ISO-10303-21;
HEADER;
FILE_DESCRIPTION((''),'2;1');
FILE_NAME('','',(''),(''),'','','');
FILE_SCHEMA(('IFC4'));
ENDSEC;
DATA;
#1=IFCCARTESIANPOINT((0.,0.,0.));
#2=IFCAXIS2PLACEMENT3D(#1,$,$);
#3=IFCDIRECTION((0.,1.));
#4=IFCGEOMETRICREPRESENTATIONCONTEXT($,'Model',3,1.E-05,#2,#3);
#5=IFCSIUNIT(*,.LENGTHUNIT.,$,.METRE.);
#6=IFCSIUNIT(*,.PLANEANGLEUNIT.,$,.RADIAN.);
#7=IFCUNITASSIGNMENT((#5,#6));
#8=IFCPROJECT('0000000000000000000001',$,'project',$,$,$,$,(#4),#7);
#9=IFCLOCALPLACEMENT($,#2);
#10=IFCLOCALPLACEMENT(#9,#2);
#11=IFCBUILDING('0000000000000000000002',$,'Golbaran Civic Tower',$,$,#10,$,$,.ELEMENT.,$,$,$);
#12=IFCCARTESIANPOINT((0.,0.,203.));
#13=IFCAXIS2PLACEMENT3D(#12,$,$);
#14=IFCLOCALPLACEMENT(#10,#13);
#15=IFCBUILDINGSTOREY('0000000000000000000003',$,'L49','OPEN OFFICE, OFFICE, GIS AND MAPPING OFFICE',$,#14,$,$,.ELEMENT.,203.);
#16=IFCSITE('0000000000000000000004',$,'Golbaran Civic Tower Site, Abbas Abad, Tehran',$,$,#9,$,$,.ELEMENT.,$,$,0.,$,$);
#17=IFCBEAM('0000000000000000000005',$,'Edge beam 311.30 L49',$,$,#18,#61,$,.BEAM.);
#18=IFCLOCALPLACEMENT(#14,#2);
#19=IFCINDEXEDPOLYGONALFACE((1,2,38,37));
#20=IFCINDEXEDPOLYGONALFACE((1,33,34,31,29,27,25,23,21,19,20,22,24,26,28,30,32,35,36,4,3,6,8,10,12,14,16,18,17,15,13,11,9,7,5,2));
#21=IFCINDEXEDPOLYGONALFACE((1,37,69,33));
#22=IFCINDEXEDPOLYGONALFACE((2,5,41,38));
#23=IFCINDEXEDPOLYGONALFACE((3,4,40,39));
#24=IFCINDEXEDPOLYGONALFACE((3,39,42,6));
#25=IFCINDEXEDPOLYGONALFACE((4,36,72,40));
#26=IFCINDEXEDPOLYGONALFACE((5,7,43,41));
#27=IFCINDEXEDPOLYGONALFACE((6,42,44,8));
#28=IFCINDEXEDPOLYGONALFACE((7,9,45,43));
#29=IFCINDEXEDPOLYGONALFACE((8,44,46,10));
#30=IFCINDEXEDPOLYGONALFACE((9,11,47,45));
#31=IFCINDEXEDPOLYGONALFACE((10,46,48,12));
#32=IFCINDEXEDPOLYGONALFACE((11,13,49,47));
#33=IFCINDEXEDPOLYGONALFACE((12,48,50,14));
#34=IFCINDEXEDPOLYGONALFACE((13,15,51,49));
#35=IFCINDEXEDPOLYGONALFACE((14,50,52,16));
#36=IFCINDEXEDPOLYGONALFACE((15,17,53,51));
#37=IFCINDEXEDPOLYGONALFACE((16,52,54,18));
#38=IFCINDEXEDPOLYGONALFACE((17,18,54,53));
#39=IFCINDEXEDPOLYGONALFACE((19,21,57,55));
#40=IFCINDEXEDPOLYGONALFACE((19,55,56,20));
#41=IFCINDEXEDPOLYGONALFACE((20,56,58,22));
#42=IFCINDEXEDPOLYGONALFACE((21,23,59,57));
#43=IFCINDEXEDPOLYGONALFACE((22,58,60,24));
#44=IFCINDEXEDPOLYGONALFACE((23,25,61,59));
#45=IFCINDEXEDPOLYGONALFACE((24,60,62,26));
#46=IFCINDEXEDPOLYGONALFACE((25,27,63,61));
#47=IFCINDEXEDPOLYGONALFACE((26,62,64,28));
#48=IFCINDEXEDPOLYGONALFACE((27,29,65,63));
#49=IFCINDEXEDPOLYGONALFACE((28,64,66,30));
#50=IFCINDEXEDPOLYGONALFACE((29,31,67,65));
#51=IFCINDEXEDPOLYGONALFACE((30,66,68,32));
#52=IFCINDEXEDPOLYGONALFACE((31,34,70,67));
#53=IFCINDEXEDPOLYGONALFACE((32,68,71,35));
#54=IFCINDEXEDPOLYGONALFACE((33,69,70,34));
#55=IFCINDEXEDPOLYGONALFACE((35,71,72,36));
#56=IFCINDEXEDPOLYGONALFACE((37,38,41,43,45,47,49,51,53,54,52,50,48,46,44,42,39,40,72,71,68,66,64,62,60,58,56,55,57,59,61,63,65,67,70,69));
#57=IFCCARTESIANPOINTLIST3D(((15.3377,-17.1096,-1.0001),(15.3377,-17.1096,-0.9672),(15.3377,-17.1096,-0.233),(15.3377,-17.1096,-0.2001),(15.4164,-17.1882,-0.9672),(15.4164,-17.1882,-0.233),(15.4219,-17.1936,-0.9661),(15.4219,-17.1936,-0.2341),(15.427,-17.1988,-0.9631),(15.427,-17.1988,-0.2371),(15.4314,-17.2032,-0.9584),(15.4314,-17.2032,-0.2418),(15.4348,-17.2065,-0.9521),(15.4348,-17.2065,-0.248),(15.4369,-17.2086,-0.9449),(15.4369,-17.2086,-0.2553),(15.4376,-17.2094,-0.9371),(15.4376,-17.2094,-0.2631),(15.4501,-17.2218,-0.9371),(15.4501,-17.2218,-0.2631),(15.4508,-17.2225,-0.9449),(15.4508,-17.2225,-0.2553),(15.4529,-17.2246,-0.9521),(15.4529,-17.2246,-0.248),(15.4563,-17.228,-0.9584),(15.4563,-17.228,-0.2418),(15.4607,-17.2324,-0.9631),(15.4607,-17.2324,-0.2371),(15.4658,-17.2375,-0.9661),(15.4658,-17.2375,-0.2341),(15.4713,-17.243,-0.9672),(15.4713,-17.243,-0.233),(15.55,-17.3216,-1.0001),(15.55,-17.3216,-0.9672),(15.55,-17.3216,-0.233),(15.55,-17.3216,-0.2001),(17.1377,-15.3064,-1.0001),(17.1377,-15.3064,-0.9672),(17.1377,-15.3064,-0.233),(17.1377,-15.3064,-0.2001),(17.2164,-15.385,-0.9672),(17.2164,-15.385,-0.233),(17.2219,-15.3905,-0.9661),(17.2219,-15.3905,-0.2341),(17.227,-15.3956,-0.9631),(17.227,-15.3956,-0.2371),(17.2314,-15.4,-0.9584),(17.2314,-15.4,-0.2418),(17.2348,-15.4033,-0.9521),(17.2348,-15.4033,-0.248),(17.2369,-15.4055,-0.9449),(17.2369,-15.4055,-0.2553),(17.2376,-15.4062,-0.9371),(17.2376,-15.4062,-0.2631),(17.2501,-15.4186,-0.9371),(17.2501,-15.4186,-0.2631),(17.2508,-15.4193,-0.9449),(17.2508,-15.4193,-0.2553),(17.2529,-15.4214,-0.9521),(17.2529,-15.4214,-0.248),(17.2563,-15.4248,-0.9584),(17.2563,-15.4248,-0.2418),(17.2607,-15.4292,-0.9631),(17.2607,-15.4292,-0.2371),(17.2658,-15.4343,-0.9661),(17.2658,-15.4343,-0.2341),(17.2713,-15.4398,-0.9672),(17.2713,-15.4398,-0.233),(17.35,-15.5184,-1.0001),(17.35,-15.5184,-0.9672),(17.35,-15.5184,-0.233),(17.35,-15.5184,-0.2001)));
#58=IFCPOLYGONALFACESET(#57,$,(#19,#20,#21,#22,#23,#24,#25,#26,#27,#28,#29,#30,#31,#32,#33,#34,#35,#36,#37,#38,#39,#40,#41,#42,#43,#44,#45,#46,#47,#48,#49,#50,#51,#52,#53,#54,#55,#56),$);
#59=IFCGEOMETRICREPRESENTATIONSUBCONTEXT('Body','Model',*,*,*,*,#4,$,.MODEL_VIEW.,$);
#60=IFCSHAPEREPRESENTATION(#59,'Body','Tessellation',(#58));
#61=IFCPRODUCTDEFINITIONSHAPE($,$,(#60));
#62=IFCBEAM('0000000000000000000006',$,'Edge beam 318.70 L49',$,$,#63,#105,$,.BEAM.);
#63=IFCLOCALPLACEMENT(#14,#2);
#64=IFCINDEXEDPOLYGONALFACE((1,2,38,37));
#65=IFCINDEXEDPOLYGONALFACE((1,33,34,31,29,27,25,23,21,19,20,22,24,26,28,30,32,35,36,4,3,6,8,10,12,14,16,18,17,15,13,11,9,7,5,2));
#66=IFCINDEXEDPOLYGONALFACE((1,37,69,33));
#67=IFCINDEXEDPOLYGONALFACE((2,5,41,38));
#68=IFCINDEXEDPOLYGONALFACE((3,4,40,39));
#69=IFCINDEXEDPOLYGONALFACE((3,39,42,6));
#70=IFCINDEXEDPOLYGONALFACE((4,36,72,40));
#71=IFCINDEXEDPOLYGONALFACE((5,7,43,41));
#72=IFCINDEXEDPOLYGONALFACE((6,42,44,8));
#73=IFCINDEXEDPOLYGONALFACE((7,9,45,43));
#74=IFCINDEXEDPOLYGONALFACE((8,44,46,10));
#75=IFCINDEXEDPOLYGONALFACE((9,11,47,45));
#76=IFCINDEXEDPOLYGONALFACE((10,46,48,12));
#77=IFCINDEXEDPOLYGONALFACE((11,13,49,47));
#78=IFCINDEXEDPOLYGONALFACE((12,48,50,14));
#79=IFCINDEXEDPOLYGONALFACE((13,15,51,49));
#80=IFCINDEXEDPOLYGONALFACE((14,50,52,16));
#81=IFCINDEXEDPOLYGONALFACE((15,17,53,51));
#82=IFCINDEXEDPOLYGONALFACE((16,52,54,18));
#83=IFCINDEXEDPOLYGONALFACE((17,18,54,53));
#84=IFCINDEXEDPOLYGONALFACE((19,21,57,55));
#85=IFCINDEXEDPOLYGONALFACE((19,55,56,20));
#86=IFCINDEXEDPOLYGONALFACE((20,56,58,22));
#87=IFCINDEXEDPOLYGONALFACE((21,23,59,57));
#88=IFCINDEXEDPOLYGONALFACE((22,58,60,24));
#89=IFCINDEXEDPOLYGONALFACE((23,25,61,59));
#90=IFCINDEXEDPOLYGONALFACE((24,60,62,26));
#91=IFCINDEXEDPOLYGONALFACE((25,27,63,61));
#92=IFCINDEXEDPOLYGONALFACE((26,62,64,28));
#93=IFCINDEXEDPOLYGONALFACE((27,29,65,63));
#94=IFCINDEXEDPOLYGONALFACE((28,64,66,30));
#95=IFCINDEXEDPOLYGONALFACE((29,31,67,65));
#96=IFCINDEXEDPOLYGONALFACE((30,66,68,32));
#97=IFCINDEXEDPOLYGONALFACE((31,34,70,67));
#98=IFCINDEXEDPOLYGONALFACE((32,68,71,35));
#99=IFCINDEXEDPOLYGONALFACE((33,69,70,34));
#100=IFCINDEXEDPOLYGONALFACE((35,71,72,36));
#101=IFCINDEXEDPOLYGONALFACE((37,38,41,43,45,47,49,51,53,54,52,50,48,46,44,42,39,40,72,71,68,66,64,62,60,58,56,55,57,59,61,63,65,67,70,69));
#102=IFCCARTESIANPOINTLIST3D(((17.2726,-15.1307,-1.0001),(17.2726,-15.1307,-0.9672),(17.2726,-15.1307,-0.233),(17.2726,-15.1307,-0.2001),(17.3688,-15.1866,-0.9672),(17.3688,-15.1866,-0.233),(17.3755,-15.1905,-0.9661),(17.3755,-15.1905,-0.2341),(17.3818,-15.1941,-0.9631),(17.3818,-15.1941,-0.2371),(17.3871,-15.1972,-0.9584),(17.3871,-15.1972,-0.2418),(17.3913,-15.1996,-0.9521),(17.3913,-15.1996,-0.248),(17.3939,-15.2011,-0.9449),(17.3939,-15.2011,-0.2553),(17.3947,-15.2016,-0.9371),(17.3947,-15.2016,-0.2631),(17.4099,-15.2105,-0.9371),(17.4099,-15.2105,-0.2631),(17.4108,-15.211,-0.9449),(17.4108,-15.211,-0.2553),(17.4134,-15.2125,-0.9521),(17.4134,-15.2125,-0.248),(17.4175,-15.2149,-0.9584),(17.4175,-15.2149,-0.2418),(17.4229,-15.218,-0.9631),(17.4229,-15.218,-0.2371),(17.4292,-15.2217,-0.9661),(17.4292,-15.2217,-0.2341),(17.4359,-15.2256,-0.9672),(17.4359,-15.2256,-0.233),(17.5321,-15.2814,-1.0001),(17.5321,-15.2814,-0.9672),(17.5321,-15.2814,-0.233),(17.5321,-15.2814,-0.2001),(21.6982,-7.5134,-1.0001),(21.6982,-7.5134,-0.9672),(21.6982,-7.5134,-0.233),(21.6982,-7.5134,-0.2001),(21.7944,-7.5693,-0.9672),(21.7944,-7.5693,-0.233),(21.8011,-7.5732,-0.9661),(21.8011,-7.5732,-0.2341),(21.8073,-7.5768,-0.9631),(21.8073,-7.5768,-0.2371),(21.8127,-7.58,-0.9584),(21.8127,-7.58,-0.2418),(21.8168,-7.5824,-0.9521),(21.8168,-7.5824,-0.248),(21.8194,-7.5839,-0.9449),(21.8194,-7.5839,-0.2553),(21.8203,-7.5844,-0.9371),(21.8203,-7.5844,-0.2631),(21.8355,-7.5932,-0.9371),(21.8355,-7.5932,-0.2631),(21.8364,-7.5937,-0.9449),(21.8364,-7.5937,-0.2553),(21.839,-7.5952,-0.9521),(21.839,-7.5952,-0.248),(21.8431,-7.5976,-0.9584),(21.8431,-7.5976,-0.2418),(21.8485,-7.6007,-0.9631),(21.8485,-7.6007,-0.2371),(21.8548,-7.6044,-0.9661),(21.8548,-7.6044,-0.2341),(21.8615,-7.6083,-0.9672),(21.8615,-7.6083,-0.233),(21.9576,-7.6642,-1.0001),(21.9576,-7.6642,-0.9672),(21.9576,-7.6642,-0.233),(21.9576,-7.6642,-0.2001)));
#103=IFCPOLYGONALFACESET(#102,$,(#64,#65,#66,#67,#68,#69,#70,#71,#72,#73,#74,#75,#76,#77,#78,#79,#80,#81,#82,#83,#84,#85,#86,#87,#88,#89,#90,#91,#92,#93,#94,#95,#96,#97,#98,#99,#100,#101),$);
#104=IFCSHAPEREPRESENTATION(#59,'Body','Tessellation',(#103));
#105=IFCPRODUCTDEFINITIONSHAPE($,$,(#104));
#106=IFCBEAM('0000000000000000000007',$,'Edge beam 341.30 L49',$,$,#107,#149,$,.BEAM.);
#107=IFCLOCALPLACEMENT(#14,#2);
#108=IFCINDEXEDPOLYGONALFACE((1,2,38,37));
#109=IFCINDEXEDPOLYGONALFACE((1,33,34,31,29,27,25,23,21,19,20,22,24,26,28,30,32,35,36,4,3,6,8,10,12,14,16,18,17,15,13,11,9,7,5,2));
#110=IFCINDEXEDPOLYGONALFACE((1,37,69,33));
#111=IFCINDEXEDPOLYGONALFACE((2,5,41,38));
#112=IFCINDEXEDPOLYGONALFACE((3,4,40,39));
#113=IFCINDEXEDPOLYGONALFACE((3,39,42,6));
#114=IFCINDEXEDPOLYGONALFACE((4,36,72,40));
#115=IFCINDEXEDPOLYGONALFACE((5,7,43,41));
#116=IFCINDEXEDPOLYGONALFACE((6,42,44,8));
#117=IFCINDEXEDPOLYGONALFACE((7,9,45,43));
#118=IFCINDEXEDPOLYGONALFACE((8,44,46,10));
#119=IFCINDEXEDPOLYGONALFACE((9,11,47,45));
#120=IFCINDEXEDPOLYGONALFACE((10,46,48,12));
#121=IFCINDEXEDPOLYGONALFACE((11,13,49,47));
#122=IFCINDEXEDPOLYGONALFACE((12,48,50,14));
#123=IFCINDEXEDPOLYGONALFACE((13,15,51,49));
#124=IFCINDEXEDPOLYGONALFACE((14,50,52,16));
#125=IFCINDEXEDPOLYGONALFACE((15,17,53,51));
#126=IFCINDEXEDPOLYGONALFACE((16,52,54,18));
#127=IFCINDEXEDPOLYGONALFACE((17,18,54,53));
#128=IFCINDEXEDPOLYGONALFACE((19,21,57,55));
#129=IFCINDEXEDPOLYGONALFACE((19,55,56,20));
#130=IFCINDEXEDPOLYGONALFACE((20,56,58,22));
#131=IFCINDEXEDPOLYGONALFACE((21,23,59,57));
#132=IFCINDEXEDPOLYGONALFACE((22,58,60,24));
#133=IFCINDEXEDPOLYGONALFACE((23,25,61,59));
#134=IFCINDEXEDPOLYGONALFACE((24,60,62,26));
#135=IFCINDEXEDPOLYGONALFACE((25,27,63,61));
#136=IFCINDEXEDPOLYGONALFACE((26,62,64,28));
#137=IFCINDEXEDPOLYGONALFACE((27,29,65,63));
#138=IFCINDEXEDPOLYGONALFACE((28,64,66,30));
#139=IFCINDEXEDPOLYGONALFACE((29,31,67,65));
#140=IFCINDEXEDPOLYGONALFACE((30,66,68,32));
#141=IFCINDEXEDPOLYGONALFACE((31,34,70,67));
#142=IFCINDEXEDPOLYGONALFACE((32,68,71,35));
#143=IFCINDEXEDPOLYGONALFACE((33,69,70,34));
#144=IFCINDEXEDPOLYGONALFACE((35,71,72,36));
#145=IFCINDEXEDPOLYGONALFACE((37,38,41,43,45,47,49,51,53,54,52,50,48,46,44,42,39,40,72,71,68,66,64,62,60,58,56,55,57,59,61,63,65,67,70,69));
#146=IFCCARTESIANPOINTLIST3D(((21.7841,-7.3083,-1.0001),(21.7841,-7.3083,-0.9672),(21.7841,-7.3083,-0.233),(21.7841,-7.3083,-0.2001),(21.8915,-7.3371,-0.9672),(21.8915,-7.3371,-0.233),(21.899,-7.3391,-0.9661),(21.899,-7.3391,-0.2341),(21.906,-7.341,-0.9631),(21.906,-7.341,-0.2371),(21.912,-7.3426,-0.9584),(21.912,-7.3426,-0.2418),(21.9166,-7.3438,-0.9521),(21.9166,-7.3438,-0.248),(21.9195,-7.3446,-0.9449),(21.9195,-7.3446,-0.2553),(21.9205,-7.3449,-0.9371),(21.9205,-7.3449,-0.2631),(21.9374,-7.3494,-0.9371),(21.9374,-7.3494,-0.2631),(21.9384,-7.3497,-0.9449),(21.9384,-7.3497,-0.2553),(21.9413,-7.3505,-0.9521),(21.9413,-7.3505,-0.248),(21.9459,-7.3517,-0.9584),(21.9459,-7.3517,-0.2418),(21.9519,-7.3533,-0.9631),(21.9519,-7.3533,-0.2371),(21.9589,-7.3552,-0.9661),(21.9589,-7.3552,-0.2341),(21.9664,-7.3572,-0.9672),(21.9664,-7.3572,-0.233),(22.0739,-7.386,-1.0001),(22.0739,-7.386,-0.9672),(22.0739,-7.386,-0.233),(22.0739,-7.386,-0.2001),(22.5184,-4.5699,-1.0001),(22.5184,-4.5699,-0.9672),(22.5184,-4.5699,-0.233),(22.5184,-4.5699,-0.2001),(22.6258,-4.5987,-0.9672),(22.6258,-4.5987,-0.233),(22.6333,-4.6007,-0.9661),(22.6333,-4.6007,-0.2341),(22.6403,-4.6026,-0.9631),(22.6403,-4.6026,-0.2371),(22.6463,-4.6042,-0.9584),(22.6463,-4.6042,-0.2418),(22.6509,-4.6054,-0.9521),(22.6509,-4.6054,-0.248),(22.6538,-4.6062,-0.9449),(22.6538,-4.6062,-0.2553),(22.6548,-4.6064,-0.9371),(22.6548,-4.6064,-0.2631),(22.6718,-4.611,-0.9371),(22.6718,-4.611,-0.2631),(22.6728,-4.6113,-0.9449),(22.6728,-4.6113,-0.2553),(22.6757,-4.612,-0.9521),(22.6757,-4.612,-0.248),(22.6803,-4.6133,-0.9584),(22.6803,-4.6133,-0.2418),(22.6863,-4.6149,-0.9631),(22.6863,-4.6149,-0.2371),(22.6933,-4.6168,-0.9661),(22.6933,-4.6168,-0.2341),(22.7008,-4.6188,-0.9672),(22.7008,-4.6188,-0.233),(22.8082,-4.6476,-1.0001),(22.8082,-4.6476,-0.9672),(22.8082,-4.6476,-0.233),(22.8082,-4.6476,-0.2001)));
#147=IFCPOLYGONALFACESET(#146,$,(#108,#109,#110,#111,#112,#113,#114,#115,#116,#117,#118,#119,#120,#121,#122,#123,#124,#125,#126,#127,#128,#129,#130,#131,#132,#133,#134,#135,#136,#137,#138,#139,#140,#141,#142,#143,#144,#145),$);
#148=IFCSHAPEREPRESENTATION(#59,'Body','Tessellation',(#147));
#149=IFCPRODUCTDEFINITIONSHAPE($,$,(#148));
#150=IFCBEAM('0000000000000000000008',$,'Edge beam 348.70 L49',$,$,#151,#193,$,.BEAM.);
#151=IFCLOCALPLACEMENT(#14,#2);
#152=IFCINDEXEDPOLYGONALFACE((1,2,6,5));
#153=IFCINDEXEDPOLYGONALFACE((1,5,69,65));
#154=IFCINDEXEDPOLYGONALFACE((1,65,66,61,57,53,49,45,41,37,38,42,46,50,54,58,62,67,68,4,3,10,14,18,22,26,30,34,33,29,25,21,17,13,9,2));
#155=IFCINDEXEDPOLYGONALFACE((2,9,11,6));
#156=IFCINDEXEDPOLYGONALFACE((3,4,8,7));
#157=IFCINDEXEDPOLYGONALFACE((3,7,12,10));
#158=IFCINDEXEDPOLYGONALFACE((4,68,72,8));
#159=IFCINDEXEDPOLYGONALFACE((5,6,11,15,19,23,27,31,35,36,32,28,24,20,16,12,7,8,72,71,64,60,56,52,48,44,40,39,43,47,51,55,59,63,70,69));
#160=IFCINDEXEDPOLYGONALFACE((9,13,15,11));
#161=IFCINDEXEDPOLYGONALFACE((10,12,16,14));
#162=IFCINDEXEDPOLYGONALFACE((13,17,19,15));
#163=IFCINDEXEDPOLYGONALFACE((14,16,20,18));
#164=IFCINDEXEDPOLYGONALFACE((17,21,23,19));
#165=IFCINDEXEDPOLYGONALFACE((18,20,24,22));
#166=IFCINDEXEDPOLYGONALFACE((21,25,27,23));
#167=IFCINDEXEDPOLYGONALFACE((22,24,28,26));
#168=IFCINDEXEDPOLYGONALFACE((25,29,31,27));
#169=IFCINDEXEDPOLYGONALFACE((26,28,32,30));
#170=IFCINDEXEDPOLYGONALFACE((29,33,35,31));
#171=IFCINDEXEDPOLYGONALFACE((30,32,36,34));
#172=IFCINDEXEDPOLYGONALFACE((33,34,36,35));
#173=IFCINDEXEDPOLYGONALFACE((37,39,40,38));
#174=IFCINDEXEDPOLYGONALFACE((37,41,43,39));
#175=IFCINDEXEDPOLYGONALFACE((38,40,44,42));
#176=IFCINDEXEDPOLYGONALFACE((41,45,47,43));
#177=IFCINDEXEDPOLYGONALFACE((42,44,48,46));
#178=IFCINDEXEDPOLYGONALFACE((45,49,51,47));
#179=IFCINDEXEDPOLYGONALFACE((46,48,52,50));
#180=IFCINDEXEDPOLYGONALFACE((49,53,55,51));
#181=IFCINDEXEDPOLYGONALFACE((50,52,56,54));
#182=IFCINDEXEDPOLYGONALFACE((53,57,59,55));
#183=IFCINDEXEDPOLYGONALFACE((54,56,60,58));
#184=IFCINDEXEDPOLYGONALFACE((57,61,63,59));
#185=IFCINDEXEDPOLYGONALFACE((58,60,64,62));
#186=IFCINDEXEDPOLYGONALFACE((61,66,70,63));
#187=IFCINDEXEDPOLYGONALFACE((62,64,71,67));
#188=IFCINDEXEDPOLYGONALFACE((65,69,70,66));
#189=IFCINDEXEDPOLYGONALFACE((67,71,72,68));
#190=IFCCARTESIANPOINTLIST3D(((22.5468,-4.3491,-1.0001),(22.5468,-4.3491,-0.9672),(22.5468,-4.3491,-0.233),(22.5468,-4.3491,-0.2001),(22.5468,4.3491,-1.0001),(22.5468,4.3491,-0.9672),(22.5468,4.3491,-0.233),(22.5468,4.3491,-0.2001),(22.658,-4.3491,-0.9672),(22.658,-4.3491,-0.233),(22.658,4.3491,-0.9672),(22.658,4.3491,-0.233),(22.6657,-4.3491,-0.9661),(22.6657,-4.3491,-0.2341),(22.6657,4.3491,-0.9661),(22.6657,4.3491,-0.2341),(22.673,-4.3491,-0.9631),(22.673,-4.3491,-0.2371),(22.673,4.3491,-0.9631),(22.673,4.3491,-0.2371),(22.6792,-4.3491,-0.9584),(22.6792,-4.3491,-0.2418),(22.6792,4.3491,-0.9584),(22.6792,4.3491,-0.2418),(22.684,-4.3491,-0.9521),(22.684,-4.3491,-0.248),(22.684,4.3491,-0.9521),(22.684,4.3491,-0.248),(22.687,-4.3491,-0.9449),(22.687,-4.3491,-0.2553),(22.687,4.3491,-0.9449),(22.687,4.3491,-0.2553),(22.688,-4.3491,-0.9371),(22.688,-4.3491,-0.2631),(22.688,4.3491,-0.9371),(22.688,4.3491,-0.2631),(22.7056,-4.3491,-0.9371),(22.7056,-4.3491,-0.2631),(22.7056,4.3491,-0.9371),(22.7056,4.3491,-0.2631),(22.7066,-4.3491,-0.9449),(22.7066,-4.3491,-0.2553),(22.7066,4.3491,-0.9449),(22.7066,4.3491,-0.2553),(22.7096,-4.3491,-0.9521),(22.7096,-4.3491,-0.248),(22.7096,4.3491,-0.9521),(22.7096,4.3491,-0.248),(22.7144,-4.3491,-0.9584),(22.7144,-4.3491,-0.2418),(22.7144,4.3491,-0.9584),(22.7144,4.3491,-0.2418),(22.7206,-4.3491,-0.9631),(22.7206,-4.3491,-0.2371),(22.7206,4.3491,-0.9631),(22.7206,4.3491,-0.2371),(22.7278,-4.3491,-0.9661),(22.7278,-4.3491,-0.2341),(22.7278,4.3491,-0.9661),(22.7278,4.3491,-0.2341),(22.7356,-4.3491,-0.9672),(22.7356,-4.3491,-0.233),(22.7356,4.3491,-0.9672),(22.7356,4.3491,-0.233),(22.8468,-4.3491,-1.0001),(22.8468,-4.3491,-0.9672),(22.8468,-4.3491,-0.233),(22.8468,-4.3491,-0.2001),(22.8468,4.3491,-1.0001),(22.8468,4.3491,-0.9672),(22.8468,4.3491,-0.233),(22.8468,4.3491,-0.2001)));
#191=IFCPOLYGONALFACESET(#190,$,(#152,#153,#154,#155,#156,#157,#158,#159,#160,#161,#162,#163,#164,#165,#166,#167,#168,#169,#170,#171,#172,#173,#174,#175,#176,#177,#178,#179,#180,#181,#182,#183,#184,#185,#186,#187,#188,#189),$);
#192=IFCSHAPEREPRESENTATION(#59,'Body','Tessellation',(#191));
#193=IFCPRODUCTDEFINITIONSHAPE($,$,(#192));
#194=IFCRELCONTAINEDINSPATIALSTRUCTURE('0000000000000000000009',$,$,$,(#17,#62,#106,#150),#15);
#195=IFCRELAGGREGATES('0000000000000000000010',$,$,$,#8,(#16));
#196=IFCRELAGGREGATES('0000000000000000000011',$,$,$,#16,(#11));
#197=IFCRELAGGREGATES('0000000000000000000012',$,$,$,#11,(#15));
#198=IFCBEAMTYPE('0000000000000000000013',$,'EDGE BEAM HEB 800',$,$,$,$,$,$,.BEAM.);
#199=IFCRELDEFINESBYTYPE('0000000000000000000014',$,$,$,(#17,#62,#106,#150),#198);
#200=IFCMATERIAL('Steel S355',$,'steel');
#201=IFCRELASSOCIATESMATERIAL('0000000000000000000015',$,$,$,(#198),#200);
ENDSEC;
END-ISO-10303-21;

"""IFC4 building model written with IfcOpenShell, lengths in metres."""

from ifc_helpers import new_model, si_unit, direction, frame, origin, origin_2d, place, context, subcontext, project, spatial, i_section, extrude, material, material_profile, profile_set, type_object, element, save


model = new_model("IFC4")

# Units and contexts
model_context = context("Model", 3, precision=1e-05, world=origin(), true_north=direction((0.0, 1.0)))
body_context = subcontext(model_context, "Body", "Model", "MODEL_VIEW")
ifc_project = project(units=[si_unit("LENGTHUNIT", "METRE"), si_unit("PLANEANGLEUNIT", "RADIAN")], contexts=[model_context])

# Site, building, storey
site_placement = place(None, origin())
site = spatial("IfcSite", under=ifc_project, at=site_placement, Name="Golbaran Civic Tower Site, Abbas Abad, Tehran", CompositionType="ELEMENT", RefElevation=0.0)
building_placement = place(site_placement, origin())
building = spatial("IfcBuilding", under=site, at=building_placement, Name="Golbaran Civic Tower", CompositionType="ELEMENT")
storey_placement = place(building_placement, frame((0.0, 0.0, 203.0)))
storey = spatial("IfcBuildingStorey", under=building, at=storey_placement, Name="L49", Description="OPEN OFFICE, OFFICE, GIS AND MAPPING OFFICE", CompositionType="ELEMENT", Elevation=203.0)

# Beams
ifc_material_1 = material(Name="Steel S355", Category="steel")
ifc_material_profile_1 = material_profile(ifc_material_1, i_section(OverallWidth=0.3, OverallDepth=0.8, WebThickness=0.0176, FlangeThickness=0.033, FilletRadius=0.03, at=origin_2d()), Name="HEB 800")
ifc_profile_set_1 = profile_set([ifc_material_profile_1], Name="Steel S355")
beam_type_1 = type_object("IfcBeamType", Name="EDGE BEAM HEB 800", PredefinedType="BEAM", material=ifc_profile_set_1)
beam_1_placement = place(storey_placement, frame((15.4438, -17.2156, -0.6001), z_axis=(0.706484, 0.707729, 0.0), x_axis=(-0.707729, 0.706484, 0.0)))
element("IfcBeam", 1, at=beam_1_placement, inside=storey, type_object=beam_type_1, Name="Edge beam 311.30 L49", PredefinedType="BEAM", context=body_context, shape_type="SweptSolid", body=[
    extrude(i_section(OverallWidth=0.3, OverallDepth=0.8, WebThickness=0.0176, FlangeThickness=0.033, FilletRadius=0.03, at=origin_2d()), origin(), (0.0, 0.0, 1.0), 2.5479),
])
beam_2_placement = place(storey_placement, frame((17.4023, -15.2061, -0.6001), z_axis=(0.502361, 0.864658, 0.0), x_axis=(-0.864658, 0.502361, 0.0)))
element("IfcBeam", 2, at=beam_2_placement, inside=storey, type_object=beam_type_1, Name="Edge beam 318.70 L49", PredefinedType="BEAM", context=body_context, shape_type="SweptSolid", body=[
    extrude(i_section(OverallWidth=0.3, OverallDepth=0.8, WebThickness=0.0176, FlangeThickness=0.033, FilletRadius=0.03, at=origin_2d()), origin(), (0.0, 0.0, 1.0), 8.8096),
])
beam_3_placement = place(storey_placement, frame((21.929, -7.3472, -0.6001), z_axis=(0.259013, 0.965874, 0.0), x_axis=(-0.965874, 0.259013, 0.0)))
element("IfcBeam", 3, at=beam_3_placement, inside=storey, type_object=beam_type_1, Name="Edge beam 341.30 L49", PredefinedType="BEAM", context=body_context, shape_type="SweptSolid", body=[
    extrude(i_section(OverallWidth=0.3, OverallDepth=0.8, WebThickness=0.0176, FlangeThickness=0.033, FilletRadius=0.03, at=origin_2d()), origin(), (0.0, 0.0, 1.0), 2.8352),
])
beam_4_placement = place(storey_placement, frame((22.6968, -4.3491, -0.6001), z_axis=(0.0, 1.0, 0.0), x_axis=(-1.0, 0.0, 0.0)))
element("IfcBeam", 4, at=beam_4_placement, inside=storey, type_object=beam_type_1, Name="Edge beam 348.70 L49", PredefinedType="BEAM", context=body_context, shape_type="SweptSolid", body=[
    extrude(i_section(OverallWidth=0.3, OverallDepth=0.8, WebThickness=0.0176, FlangeThickness=0.033, FilletRadius=0.03, at=origin_2d()), origin(), (0.0, 0.0, 1.0), 8.6982),
])

save(model, "model.ifc")
